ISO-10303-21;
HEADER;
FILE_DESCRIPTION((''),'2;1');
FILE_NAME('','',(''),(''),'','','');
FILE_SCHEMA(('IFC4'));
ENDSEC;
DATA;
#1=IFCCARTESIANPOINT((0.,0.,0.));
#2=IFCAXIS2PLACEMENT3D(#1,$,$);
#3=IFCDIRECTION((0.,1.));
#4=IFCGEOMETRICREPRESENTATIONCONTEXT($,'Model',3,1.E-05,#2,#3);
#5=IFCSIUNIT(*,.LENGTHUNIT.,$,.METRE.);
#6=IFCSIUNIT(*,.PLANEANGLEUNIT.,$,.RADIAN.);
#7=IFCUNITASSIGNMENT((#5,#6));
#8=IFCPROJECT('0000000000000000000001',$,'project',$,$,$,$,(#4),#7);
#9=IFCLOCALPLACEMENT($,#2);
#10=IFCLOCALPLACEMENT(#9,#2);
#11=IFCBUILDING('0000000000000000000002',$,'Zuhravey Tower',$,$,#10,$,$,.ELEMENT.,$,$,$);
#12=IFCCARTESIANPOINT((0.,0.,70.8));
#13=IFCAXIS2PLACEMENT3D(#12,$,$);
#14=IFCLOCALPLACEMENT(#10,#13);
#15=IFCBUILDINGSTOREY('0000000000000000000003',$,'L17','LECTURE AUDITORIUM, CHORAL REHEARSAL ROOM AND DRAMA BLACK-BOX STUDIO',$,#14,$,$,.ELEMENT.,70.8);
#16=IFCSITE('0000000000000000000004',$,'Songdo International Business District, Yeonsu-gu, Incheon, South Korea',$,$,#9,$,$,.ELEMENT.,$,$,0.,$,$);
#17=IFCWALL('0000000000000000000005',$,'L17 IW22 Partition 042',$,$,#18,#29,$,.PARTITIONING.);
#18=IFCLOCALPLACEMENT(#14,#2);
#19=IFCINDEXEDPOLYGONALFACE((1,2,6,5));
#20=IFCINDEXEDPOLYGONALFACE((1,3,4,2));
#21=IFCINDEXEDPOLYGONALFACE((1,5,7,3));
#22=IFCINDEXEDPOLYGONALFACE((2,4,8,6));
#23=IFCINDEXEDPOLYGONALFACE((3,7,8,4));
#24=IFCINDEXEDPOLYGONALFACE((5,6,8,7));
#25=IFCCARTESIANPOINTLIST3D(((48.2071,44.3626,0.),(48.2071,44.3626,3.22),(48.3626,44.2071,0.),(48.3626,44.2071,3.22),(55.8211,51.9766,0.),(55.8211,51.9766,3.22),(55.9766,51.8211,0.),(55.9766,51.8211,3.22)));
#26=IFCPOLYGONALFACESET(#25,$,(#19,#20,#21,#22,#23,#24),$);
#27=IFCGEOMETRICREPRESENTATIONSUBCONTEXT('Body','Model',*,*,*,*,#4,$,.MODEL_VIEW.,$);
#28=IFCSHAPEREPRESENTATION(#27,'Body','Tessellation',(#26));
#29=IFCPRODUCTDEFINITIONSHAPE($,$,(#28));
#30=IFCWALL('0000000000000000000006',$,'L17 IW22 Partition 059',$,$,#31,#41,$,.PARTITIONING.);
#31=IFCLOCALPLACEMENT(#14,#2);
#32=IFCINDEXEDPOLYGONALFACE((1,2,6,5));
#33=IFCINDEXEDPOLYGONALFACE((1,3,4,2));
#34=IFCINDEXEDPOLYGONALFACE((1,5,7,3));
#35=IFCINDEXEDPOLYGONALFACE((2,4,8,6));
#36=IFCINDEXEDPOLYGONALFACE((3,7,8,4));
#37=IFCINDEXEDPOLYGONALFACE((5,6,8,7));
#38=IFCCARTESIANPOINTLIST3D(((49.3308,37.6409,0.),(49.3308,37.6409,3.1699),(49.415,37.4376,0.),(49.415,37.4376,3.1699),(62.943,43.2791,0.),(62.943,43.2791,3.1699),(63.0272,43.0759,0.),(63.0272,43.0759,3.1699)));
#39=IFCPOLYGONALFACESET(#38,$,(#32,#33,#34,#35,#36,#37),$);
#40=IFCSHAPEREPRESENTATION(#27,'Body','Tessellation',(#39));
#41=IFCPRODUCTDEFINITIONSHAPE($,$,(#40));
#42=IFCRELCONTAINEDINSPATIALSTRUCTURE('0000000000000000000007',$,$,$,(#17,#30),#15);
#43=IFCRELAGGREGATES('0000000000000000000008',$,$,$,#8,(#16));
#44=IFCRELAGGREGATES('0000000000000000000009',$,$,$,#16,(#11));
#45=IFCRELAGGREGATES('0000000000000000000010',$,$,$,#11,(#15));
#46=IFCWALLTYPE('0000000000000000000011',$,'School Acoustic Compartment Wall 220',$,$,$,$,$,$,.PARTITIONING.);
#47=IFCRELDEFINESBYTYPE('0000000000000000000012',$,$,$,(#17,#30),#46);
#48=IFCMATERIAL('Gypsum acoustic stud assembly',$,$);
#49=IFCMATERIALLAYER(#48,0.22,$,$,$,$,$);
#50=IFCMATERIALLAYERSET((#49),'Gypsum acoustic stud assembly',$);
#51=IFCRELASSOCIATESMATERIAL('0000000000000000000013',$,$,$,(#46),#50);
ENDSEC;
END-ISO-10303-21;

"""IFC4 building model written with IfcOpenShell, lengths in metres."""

from ifc_helpers import new_model, si_unit, direction, frame, frame_2d, origin, place, context, subcontext, project, spatial, rectangle, extrude, material, layer, layer_set, type_object, element, save


model = new_model("IFC4")

# Units and contexts
model_context = context("Model", 3, precision=1e-05, world=origin(), true_north=direction((0.0, 1.0)))
body_context = subcontext(model_context, "Body", "Model", "MODEL_VIEW")
ifc_project = project(units=[si_unit("LENGTHUNIT", "METRE"), si_unit("PLANEANGLEUNIT", "RADIAN")], contexts=[model_context])

# Site, building, storey
site_placement = place(None, origin())
site = spatial("IfcSite", under=ifc_project, at=site_placement, Name="Songdo International Business District, Yeonsu-gu, Incheon, South Korea", CompositionType="ELEMENT", RefElevation=0.0)
building_placement = place(site_placement, origin())
building = spatial("IfcBuilding", under=site, at=building_placement, Name="Zuhravey Tower", CompositionType="ELEMENT")
storey_placement = place(building_placement, frame((0.0, 0.0, 70.8)))
storey = spatial("IfcBuildingStorey", under=building, at=storey_placement, Name="L17", Description="LECTURE AUDITORIUM, CHORAL REHEARSAL ROOM AND DRAMA BLACK-BOX STUDIO", CompositionType="ELEMENT", Elevation=70.8)

# Walls
ifc_material_1 = material(Name="Gypsum acoustic stud assembly")
ifc_layer_1 = layer(ifc_material_1, 0.22)
ifc_layer_set_1 = layer_set([ifc_layer_1], Name="Gypsum acoustic stud assembly")
wall_type_1 = type_object("IfcWallType", Name="School Acoustic Compartment Wall 220", PredefinedType="PARTITIONING", material=ifc_layer_set_1)
wall_1_placement = place(storey_placement, frame((48.2849, 44.2849, 0.0), z_axis=(0.0, 0.0, 1.0), x_axis=(0.707107, 0.707107, 0.0)))
element("IfcWall", 1, at=wall_1_placement, inside=storey, type_object=wall_type_1, Name="L17 IW22 Partition 042", PredefinedType="PARTITIONING", context=body_context, shape_type="SweptSolid", body=[
    extrude(rectangle(XDim=10.7678, YDim=0.22, at=frame_2d((5.3838, 0.0))), origin(), (0.0, 0.0, 1.0), 3.22),
])
wall_2_placement = place(storey_placement, frame((49.373, 37.5393, 0.0), z_axis=(0.0, 0.0, 1.0), x_axis=(0.923882, 0.382677, 0.0)))
element("IfcWall", 2, at=wall_2_placement, inside=storey, type_object=wall_type_1, Name="L17 IW22 Partition 059", PredefinedType="PARTITIONING", context=body_context, shape_type="SweptSolid", body=[
    extrude(rectangle(XDim=14.7336, YDim=0.22, at=frame_2d((7.3667, 0.0))), origin(), (0.0, 0.0, 1.0), 3.1699),
])

save(model, "model.ifc")
